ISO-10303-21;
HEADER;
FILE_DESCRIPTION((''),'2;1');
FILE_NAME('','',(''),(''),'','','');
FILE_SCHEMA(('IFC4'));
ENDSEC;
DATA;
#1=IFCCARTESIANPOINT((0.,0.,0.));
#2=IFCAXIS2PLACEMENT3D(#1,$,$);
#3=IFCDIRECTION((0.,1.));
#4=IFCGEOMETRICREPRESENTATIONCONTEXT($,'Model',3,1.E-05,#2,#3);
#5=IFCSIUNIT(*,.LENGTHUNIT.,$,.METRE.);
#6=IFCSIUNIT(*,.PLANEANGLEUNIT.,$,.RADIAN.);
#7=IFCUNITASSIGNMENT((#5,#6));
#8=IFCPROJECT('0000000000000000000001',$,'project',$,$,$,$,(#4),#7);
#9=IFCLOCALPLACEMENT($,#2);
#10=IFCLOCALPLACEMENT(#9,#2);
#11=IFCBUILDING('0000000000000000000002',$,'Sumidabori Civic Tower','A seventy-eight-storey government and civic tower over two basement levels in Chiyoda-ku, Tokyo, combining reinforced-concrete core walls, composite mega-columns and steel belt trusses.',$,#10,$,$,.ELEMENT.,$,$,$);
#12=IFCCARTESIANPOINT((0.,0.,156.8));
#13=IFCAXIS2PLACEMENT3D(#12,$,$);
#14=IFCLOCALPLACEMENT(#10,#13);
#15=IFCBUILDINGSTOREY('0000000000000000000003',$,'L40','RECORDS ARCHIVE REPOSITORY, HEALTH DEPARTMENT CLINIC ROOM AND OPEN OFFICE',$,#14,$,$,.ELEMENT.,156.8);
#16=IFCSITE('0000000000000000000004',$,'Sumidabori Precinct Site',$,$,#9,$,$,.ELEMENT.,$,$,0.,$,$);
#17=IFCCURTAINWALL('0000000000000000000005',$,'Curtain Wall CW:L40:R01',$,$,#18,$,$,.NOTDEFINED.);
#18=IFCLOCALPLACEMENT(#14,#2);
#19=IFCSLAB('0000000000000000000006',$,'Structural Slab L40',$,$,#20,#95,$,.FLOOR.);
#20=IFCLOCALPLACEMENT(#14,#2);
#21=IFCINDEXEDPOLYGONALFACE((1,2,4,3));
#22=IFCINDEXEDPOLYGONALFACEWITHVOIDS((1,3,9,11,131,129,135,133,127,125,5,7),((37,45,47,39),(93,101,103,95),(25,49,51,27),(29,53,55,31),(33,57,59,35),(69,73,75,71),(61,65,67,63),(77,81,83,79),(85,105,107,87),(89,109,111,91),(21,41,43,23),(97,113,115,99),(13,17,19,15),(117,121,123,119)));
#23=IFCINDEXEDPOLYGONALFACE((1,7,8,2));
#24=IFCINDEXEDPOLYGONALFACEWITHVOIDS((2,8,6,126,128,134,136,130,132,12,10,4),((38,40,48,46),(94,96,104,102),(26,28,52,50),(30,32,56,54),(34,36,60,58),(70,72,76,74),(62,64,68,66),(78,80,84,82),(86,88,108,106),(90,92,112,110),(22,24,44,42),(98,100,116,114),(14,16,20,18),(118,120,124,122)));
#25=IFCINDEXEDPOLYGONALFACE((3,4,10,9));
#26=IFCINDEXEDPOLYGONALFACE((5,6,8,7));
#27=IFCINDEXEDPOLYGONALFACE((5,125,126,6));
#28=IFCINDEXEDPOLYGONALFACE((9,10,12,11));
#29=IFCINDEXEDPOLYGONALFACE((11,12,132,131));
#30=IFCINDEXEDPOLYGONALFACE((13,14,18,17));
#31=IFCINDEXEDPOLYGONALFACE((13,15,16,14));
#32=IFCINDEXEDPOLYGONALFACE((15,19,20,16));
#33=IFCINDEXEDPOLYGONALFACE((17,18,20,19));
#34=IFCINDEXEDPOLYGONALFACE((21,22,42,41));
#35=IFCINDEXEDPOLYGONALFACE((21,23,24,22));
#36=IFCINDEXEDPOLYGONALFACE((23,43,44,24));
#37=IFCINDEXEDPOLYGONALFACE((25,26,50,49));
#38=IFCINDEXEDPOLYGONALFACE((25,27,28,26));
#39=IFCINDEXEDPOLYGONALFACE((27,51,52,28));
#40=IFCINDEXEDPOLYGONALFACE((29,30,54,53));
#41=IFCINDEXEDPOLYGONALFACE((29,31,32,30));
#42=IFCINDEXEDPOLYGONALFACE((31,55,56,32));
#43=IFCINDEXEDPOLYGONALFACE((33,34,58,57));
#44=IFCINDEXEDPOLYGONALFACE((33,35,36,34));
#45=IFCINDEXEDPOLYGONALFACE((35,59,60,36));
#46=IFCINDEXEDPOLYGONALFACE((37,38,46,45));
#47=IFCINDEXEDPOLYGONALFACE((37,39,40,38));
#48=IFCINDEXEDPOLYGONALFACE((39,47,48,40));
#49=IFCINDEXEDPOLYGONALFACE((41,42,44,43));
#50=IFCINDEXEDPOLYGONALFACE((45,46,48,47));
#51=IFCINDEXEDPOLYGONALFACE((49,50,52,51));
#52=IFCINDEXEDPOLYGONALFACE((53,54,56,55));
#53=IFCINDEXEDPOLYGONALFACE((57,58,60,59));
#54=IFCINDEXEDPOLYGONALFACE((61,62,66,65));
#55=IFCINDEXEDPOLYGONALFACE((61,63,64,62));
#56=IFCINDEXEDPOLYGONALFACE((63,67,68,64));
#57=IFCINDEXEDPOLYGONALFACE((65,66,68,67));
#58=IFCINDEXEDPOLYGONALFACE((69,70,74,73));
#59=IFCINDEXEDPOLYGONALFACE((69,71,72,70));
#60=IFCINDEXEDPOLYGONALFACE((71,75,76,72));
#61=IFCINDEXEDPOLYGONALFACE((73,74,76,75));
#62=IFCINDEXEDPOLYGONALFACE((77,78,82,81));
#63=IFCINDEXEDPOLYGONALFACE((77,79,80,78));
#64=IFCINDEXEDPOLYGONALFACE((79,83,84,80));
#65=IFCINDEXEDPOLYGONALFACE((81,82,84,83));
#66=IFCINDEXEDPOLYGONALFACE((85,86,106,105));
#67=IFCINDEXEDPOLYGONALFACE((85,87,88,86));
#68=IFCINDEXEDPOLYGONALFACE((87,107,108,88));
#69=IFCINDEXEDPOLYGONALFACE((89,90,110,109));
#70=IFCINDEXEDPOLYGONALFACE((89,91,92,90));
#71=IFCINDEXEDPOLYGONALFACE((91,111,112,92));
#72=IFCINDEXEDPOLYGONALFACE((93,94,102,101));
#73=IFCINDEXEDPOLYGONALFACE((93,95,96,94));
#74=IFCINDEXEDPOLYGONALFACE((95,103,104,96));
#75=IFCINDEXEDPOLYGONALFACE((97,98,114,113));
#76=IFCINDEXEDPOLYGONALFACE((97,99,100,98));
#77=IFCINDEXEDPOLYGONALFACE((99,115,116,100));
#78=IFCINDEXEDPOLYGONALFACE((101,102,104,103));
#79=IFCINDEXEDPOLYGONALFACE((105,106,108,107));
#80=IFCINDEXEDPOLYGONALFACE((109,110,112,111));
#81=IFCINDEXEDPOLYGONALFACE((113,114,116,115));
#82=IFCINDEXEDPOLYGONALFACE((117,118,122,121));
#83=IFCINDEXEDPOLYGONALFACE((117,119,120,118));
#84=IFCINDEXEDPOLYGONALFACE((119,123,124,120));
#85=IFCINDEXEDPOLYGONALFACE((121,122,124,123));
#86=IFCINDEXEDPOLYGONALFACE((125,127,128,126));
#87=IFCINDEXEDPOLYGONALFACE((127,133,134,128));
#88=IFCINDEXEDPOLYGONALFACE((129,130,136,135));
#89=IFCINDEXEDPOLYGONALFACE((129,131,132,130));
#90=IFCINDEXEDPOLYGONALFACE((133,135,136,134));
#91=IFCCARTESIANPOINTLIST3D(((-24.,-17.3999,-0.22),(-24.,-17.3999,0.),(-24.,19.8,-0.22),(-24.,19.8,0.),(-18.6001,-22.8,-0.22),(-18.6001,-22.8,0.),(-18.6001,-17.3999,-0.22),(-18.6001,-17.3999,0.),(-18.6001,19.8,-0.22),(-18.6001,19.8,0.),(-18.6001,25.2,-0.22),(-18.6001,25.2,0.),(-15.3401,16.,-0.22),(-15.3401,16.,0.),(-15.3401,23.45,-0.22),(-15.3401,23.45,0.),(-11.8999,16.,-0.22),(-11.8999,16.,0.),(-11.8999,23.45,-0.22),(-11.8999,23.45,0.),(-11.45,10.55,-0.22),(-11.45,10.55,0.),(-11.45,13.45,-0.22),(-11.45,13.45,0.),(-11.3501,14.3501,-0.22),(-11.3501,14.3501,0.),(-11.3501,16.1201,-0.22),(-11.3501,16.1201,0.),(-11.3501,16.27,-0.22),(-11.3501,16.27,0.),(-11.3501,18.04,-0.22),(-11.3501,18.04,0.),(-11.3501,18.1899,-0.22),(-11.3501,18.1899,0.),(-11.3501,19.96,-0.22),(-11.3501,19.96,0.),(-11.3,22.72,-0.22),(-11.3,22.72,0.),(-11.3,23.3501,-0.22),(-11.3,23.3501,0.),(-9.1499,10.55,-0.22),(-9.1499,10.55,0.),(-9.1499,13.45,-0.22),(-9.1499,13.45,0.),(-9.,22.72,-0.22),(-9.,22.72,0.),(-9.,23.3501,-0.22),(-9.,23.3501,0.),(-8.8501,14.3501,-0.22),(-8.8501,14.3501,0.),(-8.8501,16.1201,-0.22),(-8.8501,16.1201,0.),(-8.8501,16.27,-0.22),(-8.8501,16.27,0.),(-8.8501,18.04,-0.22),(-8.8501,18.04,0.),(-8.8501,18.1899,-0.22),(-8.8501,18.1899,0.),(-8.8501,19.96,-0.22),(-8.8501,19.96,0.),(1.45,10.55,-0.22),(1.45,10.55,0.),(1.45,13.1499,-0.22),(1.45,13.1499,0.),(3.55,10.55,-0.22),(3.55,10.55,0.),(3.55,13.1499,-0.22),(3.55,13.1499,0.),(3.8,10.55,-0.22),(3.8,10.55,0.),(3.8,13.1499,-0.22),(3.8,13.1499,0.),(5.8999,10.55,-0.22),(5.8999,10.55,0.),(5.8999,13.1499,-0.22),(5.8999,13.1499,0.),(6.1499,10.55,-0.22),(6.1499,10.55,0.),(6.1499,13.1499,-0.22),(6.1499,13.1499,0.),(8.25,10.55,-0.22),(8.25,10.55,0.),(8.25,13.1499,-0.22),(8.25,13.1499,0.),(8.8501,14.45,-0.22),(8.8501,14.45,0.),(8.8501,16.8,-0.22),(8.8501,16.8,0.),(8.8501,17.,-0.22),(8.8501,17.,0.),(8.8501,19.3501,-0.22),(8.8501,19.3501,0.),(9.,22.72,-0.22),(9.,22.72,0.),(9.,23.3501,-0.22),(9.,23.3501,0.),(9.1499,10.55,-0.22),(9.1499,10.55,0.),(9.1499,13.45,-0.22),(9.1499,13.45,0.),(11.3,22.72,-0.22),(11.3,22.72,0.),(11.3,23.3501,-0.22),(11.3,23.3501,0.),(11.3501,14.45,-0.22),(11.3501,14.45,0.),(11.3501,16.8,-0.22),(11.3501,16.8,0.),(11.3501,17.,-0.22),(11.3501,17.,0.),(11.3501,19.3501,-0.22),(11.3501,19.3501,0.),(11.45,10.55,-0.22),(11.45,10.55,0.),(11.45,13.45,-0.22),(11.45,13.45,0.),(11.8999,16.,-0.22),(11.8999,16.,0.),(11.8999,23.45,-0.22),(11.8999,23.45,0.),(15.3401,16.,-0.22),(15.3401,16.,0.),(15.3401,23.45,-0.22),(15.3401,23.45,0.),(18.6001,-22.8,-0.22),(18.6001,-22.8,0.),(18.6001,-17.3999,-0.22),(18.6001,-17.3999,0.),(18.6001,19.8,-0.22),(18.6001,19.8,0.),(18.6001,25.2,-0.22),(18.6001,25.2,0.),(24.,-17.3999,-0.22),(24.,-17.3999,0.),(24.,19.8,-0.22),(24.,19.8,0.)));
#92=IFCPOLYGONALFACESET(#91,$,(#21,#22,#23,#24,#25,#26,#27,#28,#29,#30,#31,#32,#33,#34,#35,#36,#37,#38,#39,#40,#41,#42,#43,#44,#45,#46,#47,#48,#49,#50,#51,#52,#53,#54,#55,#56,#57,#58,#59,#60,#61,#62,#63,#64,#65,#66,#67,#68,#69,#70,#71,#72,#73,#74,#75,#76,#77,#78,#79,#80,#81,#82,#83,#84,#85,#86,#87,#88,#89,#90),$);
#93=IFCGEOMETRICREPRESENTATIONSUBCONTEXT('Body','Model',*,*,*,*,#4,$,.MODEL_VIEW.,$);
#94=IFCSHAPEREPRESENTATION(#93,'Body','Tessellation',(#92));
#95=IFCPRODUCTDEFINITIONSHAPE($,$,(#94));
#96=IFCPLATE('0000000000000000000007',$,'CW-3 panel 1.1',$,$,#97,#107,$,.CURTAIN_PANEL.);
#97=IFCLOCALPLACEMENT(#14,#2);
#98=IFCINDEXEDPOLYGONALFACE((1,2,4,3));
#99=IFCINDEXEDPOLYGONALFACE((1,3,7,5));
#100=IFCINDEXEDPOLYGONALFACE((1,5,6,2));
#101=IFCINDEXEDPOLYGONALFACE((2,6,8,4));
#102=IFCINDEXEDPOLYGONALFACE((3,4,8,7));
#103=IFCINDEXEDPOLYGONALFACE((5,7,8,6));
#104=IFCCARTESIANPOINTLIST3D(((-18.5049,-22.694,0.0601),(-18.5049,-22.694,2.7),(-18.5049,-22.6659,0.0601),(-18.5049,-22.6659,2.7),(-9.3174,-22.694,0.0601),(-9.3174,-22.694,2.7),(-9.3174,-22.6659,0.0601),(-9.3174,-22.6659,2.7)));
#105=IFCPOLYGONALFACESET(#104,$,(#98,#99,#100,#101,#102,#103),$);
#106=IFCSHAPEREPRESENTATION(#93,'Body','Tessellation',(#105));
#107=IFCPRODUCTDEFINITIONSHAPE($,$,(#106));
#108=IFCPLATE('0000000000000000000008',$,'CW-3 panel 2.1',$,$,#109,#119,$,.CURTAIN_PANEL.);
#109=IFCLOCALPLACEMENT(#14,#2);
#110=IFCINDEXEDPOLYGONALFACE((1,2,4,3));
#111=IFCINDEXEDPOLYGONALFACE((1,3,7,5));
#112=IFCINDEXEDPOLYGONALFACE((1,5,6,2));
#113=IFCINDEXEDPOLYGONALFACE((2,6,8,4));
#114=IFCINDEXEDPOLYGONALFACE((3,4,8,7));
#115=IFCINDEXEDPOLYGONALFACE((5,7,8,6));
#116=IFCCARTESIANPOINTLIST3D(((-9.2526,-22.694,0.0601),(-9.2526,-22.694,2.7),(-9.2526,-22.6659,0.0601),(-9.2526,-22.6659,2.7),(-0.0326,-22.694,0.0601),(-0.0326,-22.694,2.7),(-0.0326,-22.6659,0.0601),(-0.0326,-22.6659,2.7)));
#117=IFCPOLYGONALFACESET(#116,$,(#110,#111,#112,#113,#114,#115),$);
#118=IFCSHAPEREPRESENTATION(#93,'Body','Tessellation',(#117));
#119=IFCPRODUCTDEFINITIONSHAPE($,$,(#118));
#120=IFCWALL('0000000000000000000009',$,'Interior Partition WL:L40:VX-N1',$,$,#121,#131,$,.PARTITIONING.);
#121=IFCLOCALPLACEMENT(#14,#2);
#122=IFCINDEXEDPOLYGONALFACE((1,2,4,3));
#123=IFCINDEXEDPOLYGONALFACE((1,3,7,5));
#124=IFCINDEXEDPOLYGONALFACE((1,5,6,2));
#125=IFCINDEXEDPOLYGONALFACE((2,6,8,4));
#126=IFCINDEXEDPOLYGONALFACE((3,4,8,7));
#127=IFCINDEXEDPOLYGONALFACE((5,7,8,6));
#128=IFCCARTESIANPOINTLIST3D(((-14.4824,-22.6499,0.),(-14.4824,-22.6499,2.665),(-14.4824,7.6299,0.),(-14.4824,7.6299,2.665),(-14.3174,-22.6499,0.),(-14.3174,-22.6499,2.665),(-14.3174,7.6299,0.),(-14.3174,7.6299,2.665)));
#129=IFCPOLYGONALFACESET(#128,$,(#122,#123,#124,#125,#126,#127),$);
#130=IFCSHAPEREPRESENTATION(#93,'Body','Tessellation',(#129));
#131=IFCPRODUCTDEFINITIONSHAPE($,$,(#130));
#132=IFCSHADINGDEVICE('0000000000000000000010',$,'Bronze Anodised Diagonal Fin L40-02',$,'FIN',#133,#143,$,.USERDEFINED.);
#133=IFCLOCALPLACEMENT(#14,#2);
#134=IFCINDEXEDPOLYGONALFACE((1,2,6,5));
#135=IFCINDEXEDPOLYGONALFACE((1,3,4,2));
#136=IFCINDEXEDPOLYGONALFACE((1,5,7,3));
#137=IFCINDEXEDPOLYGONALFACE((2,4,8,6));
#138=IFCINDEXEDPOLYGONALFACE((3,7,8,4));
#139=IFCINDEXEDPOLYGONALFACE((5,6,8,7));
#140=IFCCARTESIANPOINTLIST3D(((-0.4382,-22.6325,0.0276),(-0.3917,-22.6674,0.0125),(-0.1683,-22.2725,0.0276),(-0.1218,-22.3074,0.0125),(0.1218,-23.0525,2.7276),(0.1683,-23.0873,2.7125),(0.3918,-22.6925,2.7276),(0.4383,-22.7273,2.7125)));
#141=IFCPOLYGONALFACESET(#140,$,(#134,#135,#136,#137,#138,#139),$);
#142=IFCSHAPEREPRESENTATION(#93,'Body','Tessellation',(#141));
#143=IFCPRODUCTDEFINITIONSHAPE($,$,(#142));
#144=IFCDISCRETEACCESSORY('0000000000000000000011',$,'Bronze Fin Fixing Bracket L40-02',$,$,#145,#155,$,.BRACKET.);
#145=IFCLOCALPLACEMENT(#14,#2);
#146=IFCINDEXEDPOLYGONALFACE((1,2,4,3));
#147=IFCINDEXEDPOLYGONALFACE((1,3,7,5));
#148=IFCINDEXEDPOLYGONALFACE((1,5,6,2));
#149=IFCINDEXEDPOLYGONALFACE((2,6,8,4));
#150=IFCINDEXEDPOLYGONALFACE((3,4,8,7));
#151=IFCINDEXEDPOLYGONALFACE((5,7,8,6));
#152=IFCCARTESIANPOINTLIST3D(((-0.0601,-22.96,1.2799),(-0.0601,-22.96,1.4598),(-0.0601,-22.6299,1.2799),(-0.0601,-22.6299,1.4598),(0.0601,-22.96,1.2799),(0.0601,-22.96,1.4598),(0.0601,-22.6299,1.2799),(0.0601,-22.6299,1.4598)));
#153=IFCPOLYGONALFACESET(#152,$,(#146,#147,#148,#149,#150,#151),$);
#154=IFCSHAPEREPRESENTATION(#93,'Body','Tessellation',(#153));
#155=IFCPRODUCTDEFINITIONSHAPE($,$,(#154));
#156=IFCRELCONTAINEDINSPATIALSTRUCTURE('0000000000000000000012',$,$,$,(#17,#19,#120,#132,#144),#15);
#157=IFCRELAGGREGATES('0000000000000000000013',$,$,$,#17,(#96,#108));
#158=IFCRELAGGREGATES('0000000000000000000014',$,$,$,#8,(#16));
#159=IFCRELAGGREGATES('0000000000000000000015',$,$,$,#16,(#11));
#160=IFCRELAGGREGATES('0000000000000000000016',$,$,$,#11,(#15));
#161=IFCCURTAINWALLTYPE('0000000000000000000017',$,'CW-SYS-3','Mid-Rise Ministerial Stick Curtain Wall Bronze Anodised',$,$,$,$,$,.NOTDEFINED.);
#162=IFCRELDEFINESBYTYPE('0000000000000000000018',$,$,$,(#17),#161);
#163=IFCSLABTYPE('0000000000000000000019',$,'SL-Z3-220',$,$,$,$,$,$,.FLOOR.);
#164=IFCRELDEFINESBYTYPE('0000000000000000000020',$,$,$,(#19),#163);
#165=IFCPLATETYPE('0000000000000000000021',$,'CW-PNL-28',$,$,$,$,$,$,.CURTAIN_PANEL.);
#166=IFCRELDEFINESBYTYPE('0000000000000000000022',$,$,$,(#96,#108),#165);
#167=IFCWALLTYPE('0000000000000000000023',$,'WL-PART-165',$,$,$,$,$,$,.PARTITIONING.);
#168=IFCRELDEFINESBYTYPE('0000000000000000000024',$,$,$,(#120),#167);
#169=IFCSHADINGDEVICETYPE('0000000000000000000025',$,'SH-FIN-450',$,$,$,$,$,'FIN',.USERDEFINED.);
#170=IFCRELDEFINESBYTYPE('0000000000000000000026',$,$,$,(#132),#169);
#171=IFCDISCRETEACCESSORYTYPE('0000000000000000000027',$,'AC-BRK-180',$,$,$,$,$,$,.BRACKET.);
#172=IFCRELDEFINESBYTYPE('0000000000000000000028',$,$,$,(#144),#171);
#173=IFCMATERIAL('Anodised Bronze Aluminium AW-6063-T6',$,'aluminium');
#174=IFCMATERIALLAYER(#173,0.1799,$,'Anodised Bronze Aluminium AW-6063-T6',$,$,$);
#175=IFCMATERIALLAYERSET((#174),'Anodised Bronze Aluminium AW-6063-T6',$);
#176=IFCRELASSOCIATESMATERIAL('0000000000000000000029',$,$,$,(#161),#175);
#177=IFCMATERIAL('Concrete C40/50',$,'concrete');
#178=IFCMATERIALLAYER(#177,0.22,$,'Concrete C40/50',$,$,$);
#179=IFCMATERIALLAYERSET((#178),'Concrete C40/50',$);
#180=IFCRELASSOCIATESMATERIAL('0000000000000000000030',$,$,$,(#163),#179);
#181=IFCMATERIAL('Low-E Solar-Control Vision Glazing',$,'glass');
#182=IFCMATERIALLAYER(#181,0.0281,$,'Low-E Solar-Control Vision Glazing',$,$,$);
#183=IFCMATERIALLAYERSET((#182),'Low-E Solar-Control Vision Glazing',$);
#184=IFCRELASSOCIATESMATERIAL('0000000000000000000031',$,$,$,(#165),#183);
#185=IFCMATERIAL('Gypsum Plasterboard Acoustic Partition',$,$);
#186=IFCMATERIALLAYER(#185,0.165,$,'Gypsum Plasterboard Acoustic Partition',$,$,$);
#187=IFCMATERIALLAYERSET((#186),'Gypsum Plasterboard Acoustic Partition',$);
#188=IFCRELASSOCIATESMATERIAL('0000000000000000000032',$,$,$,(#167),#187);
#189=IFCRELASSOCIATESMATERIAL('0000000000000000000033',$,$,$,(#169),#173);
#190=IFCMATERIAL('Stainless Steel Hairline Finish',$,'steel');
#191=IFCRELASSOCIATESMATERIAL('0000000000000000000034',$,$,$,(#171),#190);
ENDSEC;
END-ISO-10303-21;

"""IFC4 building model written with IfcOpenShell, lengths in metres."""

from ifc_helpers import new_model, si_unit, direction, frame, frame_2d, origin, origin_2d, place, context, subcontext, project, spatial, polyline, rectangle, outline, extrude, source, transform, mapped, material, layer, layer_set, material_profile, profile_set, type_object, element, aggregate, save


model = new_model("IFC4")

# Units and contexts
model_context = context("Model", 3, precision=1e-05, world=origin(), true_north=direction((0.0, 1.0)))
body_context = subcontext(model_context, "Body", "Model", "MODEL_VIEW")
ifc_project = project(units=[si_unit("LENGTHUNIT", "METRE"), si_unit("PLANEANGLEUNIT", "RADIAN")], contexts=[model_context])

# Site, building, storey
site_placement = place(None, origin())
site = spatial("IfcSite", under=ifc_project, at=site_placement, Name="Sumidabori Precinct Site", CompositionType="ELEMENT", RefElevation=0.0)
building_placement = place(site_placement, origin())
building = spatial("IfcBuilding", under=site, at=building_placement, Name="Sumidabori Civic Tower", Description="A seventy-eight-storey government and civic tower over two basement levels in Chiyoda-ku, Tokyo, combining reinforced-concrete core walls, composite mega-columns and steel belt trusses.", CompositionType="ELEMENT")
storey_placement = place(building_placement, frame((0.0, 0.0, 156.8)))
storey = spatial("IfcBuildingStorey", under=building, at=storey_placement, Name="L40", Description="RECORDS ARCHIVE REPOSITORY, HEALTH DEPARTMENT CLINIC ROOM AND OPEN OFFICE", CompositionType="ELEMENT", Elevation=156.8)

# Curtain wall
ifc_material_1 = material(Name="Anodised Bronze Aluminium AW-6063-T6", Category="aluminium")
ifc_layer_1 = layer(ifc_material_1, 0.1799, Name="Anodised Bronze Aluminium AW-6063-T6")
ifc_layer_set_1 = layer_set([ifc_layer_1], Name="Anodised Bronze Aluminium AW-6063-T6")
curtain_wall_type = type_object("IfcCurtainWallType", Name="CW-SYS-3", Description="Mid-Rise Ministerial Stick Curtain Wall Bronze Anodised", PredefinedType="NOTDEFINED", material=ifc_layer_set_1)
curtain_wall_placement = place(storey_placement, origin())
curtain_wall = element("IfcCurtainWall", 1, at=curtain_wall_placement, inside=storey, type_object=curtain_wall_type, Name="Curtain Wall CW:L40:R01", PredefinedType="NOTDEFINED")

# Shared definitions
ifc_material_2 = material(Name="Concrete C40/50", Category="concrete")

# Slab
ifc_layer_2 = layer(ifc_material_2, 0.22, Name="Concrete C40/50")
ifc_layer_set_2 = layer_set([ifc_layer_2], Name="Concrete C40/50")
slab_type_1 = type_object("IfcSlabType", Name="SL-Z3-220", PredefinedType="FLOOR", material=ifc_layer_set_2)
slab_1_placement = place(storey_placement, frame((0.0, 0.0, -0.22)))
element("IfcSlab", 2, at=slab_1_placement, inside=storey, type_object=slab_type_1, Name="Structural Slab L40", PredefinedType="FLOOR", context=body_context, shape_type="SweptSolid", body=[
    extrude(outline(polyline([(-18.6001, -22.8), (18.6001, -22.8), (18.6001, -17.3999), (24.0, -17.3999), (24.0, 19.8), (18.6001, 19.8), (18.6001, 25.2), (-18.6001, 25.2), (-18.6001, 19.8), (-24.0, 19.8), (-24.0, -17.3999), (-18.6001, -17.3999), (-18.6001, -22.8)]), holes=[polyline([(-11.8999, 16.0), (-11.8999, 23.45), (-15.3401, 23.45), (-15.3401, 16.0), (-11.8999, 16.0)]), polyline([(15.3401, 16.0), (15.3401, 23.45), (11.8999, 23.45), (11.8999, 16.0), (15.3401, 16.0)]), polyline([(-11.45, 10.55), (-9.1499, 10.55), (-9.1499, 13.45), (-11.45, 13.45), (-11.45, 10.55)]), polyline([(9.1499, 10.55), (11.45, 10.55), (11.45, 13.45), (9.1499, 13.45), (9.1499, 10.55)]), polyline([(1.45, 10.55), (3.55, 10.55), (3.55, 13.1499), (1.45, 13.1499), (1.45, 10.55)]), polyline([(3.8, 10.55), (5.8999, 10.55), (5.8999, 13.1499), (3.8, 13.1499), (3.8, 10.55)]), polyline([(6.1499, 10.55), (8.25, 10.55), (8.25, 13.1499), (6.1499, 13.1499), (6.1499, 10.55)]), polyline([(-11.3501, 14.3501), (-8.8501, 14.3501), (-8.8501, 16.1201), (-11.3501, 16.1201), (-11.3501, 14.3501)]), polyline([(-11.3501, 16.27), (-8.8501, 16.27), (-8.8501, 18.04), (-11.3501, 18.04), (-11.3501, 16.27)]), polyline([(-11.3501, 18.1899), (-8.8501, 18.1899), (-8.8501, 19.96), (-11.3501, 19.96), (-11.3501, 18.1899)]), polyline([(8.8501, 14.45), (11.3501, 14.45), (11.3501, 16.8), (8.8501, 16.8), (8.8501, 14.45)]), polyline([(8.8501, 17.0), (11.3501, 17.0), (11.3501, 19.3501), (8.8501, 19.3501), (8.8501, 17.0)]), polyline([(-11.3, 22.72), (-9.0, 22.72), (-9.0, 23.3501), (-11.3, 23.3501), (-11.3, 22.72)]), polyline([(9.0, 22.72), (11.3, 22.72), (11.3, 23.3501), (9.0, 23.3501), (9.0, 22.72)])]), origin(), (0.0, 0.0, 1.0), 0.22),
])

# Plates
ifc_material_3 = material(Name="Low-E Solar-Control Vision Glazing", Category="glass")
ifc_layer_3 = layer(ifc_material_3, 0.0281, Name="Low-E Solar-Control Vision Glazing")
ifc_layer_set_3 = layer_set([ifc_layer_3], Name="Low-E Solar-Control Vision Glazing")
plate_type = type_object("IfcPlateType", Name="CW-PNL-28", PredefinedType="CURTAIN_PANEL", material=ifc_layer_set_3)
shared_shape_1 = source(origin(), body_context, "Body", "SweptSolid", [
    extrude(rectangle(XDim=9.1875, YDim=0.0281, at=origin_2d()), origin(), (0.0, 0.0, 1.0), 2.6399),
])
plate_1_placement = place(storey_placement, frame((-13.9111, -22.6799, 0.0601), z_axis=(0.0, 0.0, 1.0), x_axis=(1.0, 0.0, 0.0)))
plate_1 = element("IfcPlate", 3, at=plate_1_placement, type_object=plate_type, Name="CW-3 panel 1.1", PredefinedType="CURTAIN_PANEL", context=body_context, shape_type="MappedRepresentation", body=[
    mapped(shared_shape_1, transform((0.0, 0.0, 0.0), x_axis=(1.0, 0.0, 0.0), y_axis=(0.0, 1.0, 0.0), z_axis=(0.0, 0.0, 1.0), scale=1.0)),
])
shared_shape_2 = source(origin(), body_context, "Body", "SweptSolid", [
    extrude(rectangle(XDim=9.22, YDim=0.0281, at=origin_2d()), origin(), (0.0, 0.0, 1.0), 2.6399),
])
plate_2_placement = place(storey_placement, frame((-4.6426, -22.6799, 0.0601), z_axis=(0.0, 0.0, 1.0), x_axis=(1.0, 0.0, 0.0)))
plate_2 = element("IfcPlate", 4, at=plate_2_placement, type_object=plate_type, Name="CW-3 panel 2.1", PredefinedType="CURTAIN_PANEL", context=body_context, shape_type="MappedRepresentation", body=[
    mapped(shared_shape_2, transform((0.0, 0.0, 0.0), x_axis=(1.0, 0.0, 0.0), y_axis=(0.0, 1.0, 0.0), z_axis=(0.0, 0.0, 1.0), scale=1.0)),
])
aggregate(curtain_wall, [plate_1, plate_2])

# Wall
ifc_material_4 = material(Name="Gypsum Plasterboard Acoustic Partition")
ifc_layer_4 = layer(ifc_material_4, 0.165, Name="Gypsum Plasterboard Acoustic Partition")
ifc_layer_set_4 = layer_set([ifc_layer_4], Name="Gypsum Plasterboard Acoustic Partition")
wall_type = type_object("IfcWallType", Name="WL-PART-165", PredefinedType="PARTITIONING", material=ifc_layer_set_4)
shared_shape_3 = source(origin(), body_context, "Body", "SweptSolid", [
    extrude(rectangle(XDim=30.2798, YDim=0.165, at=frame_2d((15.1399, 0.0))), origin(), (0.0, 0.0, 1.0), 2.665),
])
wall_placement = place(storey_placement, frame((-14.3999, -22.6499, 0.0), z_axis=(0.0, 0.0, 1.0), x_axis=(0.0, 1.0, 0.0)))
element("IfcWall", 5, at=wall_placement, inside=storey, type_object=wall_type, Name="Interior Partition WL:L40:VX-N1", PredefinedType="PARTITIONING", context=body_context, shape_type="MappedRepresentation", body=[
    mapped(shared_shape_3, transform((0.0, 0.0, 0.0), x_axis=(1.0, 0.0, 0.0), y_axis=(0.0, 1.0, 0.0), z_axis=(0.0, 0.0, 1.0), scale=1.0)),
])

# Shading device
ifc_material_profile_1 = material_profile(ifc_material_1, rectangle(XDim=0.0601, YDim=0.45, at=origin_2d()), Name="BRONZE FIN 450x60")
ifc_profile_set_1 = profile_set([ifc_material_profile_1], Name="Anodised Bronze Aluminium AW-6063-T6")
shading_device_type = type_object("IfcShadingDeviceType", Name="SH-FIN-450", ElementType="FIN", PredefinedType="USERDEFINED", material=ifc_profile_set_1)
shared_shape_4 = source(origin(), body_context, "Body", "SweptSolid", [
    extrude(rectangle(XDim=0.0601, YDim=0.45, at=origin_2d()), origin(), (0.0, 0.0, 1.0), 2.7893),
])
shading_device_placement = place(storey_placement, frame((-0.28, -22.47, 0.02), z_axis=(0.200794, -0.150552, 0.967996), x_axis=(0.774478, -0.580689, -0.250966)))
element("IfcShadingDevice", 6, at=shading_device_placement, inside=storey, type_object=shading_device_type, Name="Bronze Anodised Diagonal Fin L40-02", ObjectType="FIN", PredefinedType="USERDEFINED", context=body_context, shape_type="MappedRepresentation", body=[
    mapped(shared_shape_4, transform((0.0, 0.0, 0.0), x_axis=(1.0, 0.0, 0.0), y_axis=(0.0, 1.0, 0.0), z_axis=(0.0, 0.0, 1.0), scale=1.0)),
])

# Discrete accessory
ifc_material_5 = material(Name="Stainless Steel Hairline Finish", Category="steel")
ifc_material_profile_2 = material_profile(ifc_material_5, rectangle(XDim=0.1201, YDim=0.1799, at=origin_2d()), Name="STEEL BRACKET 180x120")
ifc_profile_set_2 = profile_set([ifc_material_profile_2], Name="Stainless Steel Hairline Finish")
discrete_accessory_type = type_object("IfcDiscreteAccessoryType", Name="AC-BRK-180", PredefinedType="BRACKET", material=ifc_profile_set_2)
shared_shape_5 = source(origin(), body_context, "Body", "SweptSolid", [
    extrude(rectangle(XDim=0.1201, YDim=0.1799, at=origin_2d()), origin(), (0.0, 0.0, 1.0), 0.3301),
])
discrete_accessory_placement = place(storey_placement, frame((0.0, -22.6299, 1.3699), z_axis=(0.0, -1.0, 0.0), x_axis=(1.0, 0.0, 0.0)))
element("IfcDiscreteAccessory", 7, at=discrete_accessory_placement, inside=storey, type_object=discrete_accessory_type, Name="Bronze Fin Fixing Bracket L40-02", PredefinedType="BRACKET", context=body_context, shape_type="MappedRepresentation", body=[
    mapped(shared_shape_5, transform((0.0, 0.0, 0.0), x_axis=(1.0, 0.0, 0.0), y_axis=(0.0, 1.0, 0.0), z_axis=(0.0, 0.0, 1.0), scale=1.0)),
])

save(model, "model.ifc")
